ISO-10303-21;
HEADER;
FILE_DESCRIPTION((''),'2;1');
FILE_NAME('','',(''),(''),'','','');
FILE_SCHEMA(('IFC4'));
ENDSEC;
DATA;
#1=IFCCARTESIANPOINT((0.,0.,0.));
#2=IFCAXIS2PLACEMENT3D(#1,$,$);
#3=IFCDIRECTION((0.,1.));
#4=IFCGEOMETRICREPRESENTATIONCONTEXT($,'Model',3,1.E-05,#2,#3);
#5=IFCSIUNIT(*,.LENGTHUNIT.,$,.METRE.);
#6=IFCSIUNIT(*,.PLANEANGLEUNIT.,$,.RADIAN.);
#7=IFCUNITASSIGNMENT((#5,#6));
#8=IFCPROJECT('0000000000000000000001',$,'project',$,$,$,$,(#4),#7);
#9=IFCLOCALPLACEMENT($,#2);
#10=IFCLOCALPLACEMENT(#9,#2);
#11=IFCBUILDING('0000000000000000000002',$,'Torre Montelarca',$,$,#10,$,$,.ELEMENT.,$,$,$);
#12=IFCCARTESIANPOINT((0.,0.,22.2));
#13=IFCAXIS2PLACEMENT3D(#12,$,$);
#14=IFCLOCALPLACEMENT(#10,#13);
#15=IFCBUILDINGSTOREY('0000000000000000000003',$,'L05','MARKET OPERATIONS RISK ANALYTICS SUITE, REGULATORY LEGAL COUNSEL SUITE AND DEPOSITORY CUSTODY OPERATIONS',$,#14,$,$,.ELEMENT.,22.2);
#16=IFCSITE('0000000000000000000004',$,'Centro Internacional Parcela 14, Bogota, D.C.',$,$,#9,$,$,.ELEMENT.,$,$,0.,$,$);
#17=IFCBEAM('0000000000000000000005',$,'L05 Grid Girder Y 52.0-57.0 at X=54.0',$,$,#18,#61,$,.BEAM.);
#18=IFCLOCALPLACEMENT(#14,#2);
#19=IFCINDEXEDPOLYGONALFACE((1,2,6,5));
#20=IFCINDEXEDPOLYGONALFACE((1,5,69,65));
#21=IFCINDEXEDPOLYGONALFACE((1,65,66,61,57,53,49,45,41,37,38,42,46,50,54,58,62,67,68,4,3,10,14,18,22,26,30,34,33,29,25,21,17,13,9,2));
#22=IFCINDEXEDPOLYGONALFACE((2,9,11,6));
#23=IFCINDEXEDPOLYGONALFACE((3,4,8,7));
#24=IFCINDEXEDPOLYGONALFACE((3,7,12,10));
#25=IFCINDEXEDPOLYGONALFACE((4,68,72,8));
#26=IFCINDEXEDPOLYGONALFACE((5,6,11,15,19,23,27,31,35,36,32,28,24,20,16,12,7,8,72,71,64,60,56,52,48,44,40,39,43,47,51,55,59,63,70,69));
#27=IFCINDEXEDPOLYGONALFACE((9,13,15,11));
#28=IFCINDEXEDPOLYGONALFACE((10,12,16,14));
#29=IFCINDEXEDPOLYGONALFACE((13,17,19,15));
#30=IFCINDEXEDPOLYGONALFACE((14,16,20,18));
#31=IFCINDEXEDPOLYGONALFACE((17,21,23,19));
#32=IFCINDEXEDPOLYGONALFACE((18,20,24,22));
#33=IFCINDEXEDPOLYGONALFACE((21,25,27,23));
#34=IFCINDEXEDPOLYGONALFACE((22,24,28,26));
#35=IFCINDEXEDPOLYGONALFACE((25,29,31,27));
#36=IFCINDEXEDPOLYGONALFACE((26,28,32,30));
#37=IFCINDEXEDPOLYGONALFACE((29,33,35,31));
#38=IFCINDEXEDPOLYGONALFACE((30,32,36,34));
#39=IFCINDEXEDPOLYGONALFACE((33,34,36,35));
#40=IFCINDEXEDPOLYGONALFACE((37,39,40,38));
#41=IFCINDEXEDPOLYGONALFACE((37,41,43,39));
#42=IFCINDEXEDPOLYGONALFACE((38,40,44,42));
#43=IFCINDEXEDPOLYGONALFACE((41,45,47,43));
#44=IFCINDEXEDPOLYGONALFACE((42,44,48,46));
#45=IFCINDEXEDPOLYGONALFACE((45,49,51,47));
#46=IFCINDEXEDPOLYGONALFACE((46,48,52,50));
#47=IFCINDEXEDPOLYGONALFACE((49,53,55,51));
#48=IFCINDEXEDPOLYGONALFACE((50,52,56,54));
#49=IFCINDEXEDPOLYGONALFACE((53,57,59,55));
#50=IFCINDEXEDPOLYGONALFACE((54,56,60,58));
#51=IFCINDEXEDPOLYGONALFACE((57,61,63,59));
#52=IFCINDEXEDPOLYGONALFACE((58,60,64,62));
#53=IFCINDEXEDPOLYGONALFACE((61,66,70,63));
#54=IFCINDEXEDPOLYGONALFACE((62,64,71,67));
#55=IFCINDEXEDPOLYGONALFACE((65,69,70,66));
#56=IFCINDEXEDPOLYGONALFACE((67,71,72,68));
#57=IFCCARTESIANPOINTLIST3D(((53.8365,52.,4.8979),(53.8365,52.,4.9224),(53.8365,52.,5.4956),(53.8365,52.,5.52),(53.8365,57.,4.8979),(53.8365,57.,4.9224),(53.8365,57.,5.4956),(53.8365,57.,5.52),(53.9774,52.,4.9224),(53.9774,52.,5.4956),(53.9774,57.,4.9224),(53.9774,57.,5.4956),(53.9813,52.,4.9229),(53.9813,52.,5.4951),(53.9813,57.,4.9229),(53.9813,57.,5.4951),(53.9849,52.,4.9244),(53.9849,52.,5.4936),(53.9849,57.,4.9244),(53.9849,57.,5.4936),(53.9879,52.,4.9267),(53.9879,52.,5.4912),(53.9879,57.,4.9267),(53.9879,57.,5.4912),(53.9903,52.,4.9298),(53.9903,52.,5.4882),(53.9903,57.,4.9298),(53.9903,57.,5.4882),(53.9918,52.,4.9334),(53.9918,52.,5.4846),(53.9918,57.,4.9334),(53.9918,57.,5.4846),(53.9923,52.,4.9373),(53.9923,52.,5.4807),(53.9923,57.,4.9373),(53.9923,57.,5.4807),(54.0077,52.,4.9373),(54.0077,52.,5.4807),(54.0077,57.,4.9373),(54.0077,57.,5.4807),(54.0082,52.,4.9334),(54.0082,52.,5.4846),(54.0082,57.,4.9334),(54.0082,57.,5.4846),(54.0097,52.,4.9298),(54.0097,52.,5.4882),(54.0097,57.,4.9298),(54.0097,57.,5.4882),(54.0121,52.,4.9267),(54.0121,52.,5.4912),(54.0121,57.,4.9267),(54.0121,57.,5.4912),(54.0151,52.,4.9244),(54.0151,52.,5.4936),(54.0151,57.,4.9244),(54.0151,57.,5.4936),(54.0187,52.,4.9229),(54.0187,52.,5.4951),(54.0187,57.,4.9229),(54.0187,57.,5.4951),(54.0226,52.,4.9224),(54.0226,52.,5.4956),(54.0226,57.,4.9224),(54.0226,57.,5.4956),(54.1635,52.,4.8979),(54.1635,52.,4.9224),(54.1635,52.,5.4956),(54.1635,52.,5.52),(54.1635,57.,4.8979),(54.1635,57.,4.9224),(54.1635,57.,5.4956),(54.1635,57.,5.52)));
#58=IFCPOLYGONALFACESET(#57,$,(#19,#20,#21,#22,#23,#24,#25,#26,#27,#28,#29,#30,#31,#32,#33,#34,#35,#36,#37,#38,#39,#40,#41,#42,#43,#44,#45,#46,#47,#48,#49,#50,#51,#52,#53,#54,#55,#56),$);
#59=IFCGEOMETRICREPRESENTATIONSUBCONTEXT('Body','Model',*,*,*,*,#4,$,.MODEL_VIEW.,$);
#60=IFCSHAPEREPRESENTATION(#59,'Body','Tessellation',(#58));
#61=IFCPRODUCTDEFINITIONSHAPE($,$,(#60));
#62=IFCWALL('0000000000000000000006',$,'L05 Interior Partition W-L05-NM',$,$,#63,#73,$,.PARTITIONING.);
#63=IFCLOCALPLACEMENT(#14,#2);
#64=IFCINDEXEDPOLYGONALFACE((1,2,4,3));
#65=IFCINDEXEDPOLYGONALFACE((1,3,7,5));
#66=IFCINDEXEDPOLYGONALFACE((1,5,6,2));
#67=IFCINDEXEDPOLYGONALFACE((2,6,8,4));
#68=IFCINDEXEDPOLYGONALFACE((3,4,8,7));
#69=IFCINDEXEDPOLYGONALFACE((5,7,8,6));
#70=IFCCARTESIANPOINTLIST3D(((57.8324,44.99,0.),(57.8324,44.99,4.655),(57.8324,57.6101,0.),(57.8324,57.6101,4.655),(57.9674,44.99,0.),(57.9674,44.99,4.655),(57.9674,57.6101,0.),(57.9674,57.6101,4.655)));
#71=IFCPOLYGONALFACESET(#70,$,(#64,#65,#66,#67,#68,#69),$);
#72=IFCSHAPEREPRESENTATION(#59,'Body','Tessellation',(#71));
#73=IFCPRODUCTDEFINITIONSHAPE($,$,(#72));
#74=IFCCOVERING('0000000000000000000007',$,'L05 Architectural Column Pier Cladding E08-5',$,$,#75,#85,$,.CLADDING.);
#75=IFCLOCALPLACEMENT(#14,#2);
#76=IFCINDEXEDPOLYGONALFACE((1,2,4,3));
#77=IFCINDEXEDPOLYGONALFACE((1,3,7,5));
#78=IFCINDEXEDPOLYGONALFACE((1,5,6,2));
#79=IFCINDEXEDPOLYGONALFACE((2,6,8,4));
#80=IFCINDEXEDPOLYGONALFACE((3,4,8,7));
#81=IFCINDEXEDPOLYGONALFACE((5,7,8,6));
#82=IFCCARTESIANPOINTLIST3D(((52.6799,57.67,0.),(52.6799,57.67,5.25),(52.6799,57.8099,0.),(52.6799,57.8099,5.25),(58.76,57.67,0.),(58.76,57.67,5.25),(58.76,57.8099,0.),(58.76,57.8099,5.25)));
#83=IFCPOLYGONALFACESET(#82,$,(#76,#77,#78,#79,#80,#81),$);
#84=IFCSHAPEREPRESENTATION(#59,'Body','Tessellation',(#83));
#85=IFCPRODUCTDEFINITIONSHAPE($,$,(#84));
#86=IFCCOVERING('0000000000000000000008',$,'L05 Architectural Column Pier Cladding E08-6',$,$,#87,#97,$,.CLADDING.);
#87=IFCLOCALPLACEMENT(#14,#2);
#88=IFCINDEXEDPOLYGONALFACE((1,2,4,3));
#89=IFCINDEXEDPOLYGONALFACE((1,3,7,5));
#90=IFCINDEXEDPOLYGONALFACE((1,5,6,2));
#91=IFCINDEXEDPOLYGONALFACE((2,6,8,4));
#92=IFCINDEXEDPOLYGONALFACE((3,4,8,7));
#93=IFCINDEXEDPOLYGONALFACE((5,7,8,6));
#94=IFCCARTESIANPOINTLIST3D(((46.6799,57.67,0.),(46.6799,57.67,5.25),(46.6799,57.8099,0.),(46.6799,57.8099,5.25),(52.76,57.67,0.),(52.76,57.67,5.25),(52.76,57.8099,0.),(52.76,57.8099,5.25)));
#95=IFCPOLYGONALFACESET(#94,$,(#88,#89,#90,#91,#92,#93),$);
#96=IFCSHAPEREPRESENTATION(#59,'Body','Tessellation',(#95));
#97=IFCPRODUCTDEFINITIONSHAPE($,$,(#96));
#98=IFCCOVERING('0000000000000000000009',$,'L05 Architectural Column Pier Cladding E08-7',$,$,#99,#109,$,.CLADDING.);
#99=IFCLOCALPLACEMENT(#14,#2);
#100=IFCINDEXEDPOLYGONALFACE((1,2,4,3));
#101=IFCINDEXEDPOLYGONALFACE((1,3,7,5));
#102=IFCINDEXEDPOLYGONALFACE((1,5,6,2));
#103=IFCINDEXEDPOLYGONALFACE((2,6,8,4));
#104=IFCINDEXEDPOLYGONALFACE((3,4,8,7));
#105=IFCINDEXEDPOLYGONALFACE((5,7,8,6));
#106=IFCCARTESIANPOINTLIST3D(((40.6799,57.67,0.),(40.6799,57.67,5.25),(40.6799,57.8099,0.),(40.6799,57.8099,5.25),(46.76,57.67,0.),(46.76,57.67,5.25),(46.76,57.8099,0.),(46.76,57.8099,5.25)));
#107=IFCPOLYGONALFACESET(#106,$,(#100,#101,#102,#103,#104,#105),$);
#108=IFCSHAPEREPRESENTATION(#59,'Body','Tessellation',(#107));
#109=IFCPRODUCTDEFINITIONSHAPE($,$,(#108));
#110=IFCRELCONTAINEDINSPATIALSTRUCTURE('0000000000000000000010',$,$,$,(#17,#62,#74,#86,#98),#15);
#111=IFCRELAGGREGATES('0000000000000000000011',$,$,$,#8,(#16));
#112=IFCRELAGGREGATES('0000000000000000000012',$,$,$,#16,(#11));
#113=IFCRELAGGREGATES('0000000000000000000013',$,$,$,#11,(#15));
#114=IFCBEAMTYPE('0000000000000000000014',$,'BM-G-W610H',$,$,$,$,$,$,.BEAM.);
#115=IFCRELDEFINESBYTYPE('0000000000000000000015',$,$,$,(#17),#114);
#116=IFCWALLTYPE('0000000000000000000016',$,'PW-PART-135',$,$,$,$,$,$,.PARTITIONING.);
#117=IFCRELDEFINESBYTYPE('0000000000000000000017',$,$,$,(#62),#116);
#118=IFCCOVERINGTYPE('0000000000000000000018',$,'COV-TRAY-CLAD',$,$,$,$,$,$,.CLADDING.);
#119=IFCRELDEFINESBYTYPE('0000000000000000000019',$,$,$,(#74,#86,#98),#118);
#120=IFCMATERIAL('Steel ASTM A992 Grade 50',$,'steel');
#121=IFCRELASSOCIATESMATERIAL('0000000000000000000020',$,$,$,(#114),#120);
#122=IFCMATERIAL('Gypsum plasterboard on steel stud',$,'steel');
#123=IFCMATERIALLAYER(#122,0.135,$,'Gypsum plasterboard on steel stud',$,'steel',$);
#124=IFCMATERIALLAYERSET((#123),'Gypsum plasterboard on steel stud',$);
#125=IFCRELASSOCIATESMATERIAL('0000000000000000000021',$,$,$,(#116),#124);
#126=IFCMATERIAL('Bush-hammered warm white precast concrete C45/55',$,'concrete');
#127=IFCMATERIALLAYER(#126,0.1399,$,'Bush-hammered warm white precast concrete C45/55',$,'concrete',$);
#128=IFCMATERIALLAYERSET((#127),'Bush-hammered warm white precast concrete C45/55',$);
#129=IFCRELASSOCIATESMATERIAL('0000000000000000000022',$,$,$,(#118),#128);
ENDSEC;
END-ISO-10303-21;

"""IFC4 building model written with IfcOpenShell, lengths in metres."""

from ifc_helpers import new_model, si_unit, direction, frame, frame_2d, origin, origin_2d, place, context, subcontext, project, spatial, rectangle, i_section, extrude, source, transform, mapped, material, layer, layer_set, material_profile, profile_set, type_object, element, save


model = new_model("IFC4")

# Units and contexts
model_context = context("Model", 3, precision=1e-05, world=origin(), true_north=direction((0.0, 1.0)))
body_context = subcontext(model_context, "Body", "Model", "MODEL_VIEW")
ifc_project = project(units=[si_unit("LENGTHUNIT", "METRE"), si_unit("PLANEANGLEUNIT", "RADIAN")], contexts=[model_context])

# Site, building, storey
site_placement = place(None, origin())
site = spatial("IfcSite", under=ifc_project, at=site_placement, Name="Centro Internacional Parcela 14, Bogota, D.C.", CompositionType="ELEMENT", RefElevation=0.0)
building_placement = place(site_placement, origin())
building = spatial("IfcBuilding", under=site, at=building_placement, Name="Torre Montelarca", CompositionType="ELEMENT")
storey_placement = place(building_placement, frame((0.0, 0.0, 22.2)))
storey = spatial("IfcBuildingStorey", under=building, at=storey_placement, Name="L05", Description="MARKET OPERATIONS RISK ANALYTICS SUITE, REGULATORY LEGAL COUNSEL SUITE AND DEPOSITORY CUSTODY OPERATIONS", CompositionType="ELEMENT", Elevation=22.2)

# Shared definitions
ifc_material_1 = material(Name="Steel ASTM A992 Grade 50", Category="steel")

# Beam
ifc_material_profile_1 = material_profile(ifc_material_1, i_section(OverallWidth=0.3269, OverallDepth=0.6221, WebThickness=0.0154, FlangeThickness=0.0244, FilletRadius=0.0149, at=origin_2d()), Name="W610X195", Category="steel")
ifc_profile_set_1 = profile_set([ifc_material_profile_1], Name="Steel ASTM A992 Grade 50")
beam_type_1 = type_object("IfcBeamType", Name="BM-G-W610H", PredefinedType="BEAM", material=ifc_profile_set_1)
shared_shape_1 = source(origin(), body_context, "Body", "SweptSolid", [
    extrude(i_section(OverallWidth=0.3269, OverallDepth=0.6221, WebThickness=0.0154, FlangeThickness=0.0244, FilletRadius=0.0149, at=origin_2d()), origin(), (0.0, 0.0, 1.0), 5.0),
])
for number, where, z_axis, x_axis, name in (
    (1, (54.0, 52.0, 5.209), (0.0, 1.0, 0.0), (-1.0, 0.0, 0.0), "L05 Grid Girder Y 52.0-57.0 at X=54.0"),
):
    element("IfcBeam", number, at=place(storey_placement, frame(where, z_axis=z_axis, x_axis=x_axis)), inside=storey, type_object=beam_type_1, Name=name, PredefinedType="BEAM", context=body_context, shape_type="MappedRepresentation", body=[
        mapped(shared_shape_1, transform((0.0, 0.0, 0.0), scale=1.0)),
    ])

# Wall
ifc_material_2 = material(Name="Gypsum plasterboard on steel stud", Category="steel")
ifc_layer_1 = layer(ifc_material_2, 0.135, Name="Gypsum plasterboard on steel stud", Category="steel")
ifc_layer_set_1 = layer_set([ifc_layer_1], Name="Gypsum plasterboard on steel stud")
wall_type = type_object("IfcWallType", Name="PW-PART-135", PredefinedType="PARTITIONING", material=ifc_layer_set_1)
wall_placement = place(storey_placement, frame((57.8999, 44.99, 0.0), z_axis=(0.0, 0.0, 1.0), x_axis=(0.0, 1.0, 0.0)))
element("IfcWall", 2, at=wall_placement, inside=storey, type_object=wall_type, Name="L05 Interior Partition W-L05-NM", PredefinedType="PARTITIONING", context=body_context, shape_type="SweptSolid", body=[
    extrude(rectangle(XDim=12.6201, YDim=0.135, at=frame_2d((6.3101, 0.0))), origin(), (0.0, 0.0, 1.0), 4.655),
])

# Coverings
ifc_material_3 = material(Name="Bush-hammered warm white precast concrete C45/55", Category="concrete")
ifc_layer_2 = layer(ifc_material_3, 0.1399, Name="Bush-hammered warm white precast concrete C45/55", Category="concrete")
ifc_layer_set_2 = layer_set([ifc_layer_2], Name="Bush-hammered warm white precast concrete C45/55")
covering_type = type_object("IfcCoveringType", Name="COV-TRAY-CLAD", PredefinedType="CLADDING", material=ifc_layer_set_2)
shared_shape_2 = source(origin(), body_context, "Body", "SweptSolid", [
    extrude(rectangle(XDim=6.0801, YDim=0.1399, at=origin_2d()), origin(), (0.0, 0.0, 1.0), 5.25),
])
for number, where, z_axis, x_axis, name in (
    (3, (55.72, 57.74, 0.0), (0.0, 0.0, 1.0), (-1.0, 0.0, 0.0), "L05 Architectural Column Pier Cladding E08-5"),
    (4, (49.72, 57.74, 0.0), (0.0, 0.0, 1.0), (-1.0, 0.0, 0.0), "L05 Architectural Column Pier Cladding E08-6"),
    (5, (43.72, 57.74, 0.0), (0.0, 0.0, 1.0), (-1.0, 0.0, 0.0), "L05 Architectural Column Pier Cladding E08-7"),
):
    element("IfcCovering", number, at=place(storey_placement, frame(where, z_axis=z_axis, x_axis=x_axis)), inside=storey, type_object=covering_type, Name=name, PredefinedType="CLADDING", context=body_context, shape_type="MappedRepresentation", body=[
        mapped(shared_shape_2, transform((0.0, 0.0, 0.0), scale=1.0)),
    ])

save(model, "model.ifc")
